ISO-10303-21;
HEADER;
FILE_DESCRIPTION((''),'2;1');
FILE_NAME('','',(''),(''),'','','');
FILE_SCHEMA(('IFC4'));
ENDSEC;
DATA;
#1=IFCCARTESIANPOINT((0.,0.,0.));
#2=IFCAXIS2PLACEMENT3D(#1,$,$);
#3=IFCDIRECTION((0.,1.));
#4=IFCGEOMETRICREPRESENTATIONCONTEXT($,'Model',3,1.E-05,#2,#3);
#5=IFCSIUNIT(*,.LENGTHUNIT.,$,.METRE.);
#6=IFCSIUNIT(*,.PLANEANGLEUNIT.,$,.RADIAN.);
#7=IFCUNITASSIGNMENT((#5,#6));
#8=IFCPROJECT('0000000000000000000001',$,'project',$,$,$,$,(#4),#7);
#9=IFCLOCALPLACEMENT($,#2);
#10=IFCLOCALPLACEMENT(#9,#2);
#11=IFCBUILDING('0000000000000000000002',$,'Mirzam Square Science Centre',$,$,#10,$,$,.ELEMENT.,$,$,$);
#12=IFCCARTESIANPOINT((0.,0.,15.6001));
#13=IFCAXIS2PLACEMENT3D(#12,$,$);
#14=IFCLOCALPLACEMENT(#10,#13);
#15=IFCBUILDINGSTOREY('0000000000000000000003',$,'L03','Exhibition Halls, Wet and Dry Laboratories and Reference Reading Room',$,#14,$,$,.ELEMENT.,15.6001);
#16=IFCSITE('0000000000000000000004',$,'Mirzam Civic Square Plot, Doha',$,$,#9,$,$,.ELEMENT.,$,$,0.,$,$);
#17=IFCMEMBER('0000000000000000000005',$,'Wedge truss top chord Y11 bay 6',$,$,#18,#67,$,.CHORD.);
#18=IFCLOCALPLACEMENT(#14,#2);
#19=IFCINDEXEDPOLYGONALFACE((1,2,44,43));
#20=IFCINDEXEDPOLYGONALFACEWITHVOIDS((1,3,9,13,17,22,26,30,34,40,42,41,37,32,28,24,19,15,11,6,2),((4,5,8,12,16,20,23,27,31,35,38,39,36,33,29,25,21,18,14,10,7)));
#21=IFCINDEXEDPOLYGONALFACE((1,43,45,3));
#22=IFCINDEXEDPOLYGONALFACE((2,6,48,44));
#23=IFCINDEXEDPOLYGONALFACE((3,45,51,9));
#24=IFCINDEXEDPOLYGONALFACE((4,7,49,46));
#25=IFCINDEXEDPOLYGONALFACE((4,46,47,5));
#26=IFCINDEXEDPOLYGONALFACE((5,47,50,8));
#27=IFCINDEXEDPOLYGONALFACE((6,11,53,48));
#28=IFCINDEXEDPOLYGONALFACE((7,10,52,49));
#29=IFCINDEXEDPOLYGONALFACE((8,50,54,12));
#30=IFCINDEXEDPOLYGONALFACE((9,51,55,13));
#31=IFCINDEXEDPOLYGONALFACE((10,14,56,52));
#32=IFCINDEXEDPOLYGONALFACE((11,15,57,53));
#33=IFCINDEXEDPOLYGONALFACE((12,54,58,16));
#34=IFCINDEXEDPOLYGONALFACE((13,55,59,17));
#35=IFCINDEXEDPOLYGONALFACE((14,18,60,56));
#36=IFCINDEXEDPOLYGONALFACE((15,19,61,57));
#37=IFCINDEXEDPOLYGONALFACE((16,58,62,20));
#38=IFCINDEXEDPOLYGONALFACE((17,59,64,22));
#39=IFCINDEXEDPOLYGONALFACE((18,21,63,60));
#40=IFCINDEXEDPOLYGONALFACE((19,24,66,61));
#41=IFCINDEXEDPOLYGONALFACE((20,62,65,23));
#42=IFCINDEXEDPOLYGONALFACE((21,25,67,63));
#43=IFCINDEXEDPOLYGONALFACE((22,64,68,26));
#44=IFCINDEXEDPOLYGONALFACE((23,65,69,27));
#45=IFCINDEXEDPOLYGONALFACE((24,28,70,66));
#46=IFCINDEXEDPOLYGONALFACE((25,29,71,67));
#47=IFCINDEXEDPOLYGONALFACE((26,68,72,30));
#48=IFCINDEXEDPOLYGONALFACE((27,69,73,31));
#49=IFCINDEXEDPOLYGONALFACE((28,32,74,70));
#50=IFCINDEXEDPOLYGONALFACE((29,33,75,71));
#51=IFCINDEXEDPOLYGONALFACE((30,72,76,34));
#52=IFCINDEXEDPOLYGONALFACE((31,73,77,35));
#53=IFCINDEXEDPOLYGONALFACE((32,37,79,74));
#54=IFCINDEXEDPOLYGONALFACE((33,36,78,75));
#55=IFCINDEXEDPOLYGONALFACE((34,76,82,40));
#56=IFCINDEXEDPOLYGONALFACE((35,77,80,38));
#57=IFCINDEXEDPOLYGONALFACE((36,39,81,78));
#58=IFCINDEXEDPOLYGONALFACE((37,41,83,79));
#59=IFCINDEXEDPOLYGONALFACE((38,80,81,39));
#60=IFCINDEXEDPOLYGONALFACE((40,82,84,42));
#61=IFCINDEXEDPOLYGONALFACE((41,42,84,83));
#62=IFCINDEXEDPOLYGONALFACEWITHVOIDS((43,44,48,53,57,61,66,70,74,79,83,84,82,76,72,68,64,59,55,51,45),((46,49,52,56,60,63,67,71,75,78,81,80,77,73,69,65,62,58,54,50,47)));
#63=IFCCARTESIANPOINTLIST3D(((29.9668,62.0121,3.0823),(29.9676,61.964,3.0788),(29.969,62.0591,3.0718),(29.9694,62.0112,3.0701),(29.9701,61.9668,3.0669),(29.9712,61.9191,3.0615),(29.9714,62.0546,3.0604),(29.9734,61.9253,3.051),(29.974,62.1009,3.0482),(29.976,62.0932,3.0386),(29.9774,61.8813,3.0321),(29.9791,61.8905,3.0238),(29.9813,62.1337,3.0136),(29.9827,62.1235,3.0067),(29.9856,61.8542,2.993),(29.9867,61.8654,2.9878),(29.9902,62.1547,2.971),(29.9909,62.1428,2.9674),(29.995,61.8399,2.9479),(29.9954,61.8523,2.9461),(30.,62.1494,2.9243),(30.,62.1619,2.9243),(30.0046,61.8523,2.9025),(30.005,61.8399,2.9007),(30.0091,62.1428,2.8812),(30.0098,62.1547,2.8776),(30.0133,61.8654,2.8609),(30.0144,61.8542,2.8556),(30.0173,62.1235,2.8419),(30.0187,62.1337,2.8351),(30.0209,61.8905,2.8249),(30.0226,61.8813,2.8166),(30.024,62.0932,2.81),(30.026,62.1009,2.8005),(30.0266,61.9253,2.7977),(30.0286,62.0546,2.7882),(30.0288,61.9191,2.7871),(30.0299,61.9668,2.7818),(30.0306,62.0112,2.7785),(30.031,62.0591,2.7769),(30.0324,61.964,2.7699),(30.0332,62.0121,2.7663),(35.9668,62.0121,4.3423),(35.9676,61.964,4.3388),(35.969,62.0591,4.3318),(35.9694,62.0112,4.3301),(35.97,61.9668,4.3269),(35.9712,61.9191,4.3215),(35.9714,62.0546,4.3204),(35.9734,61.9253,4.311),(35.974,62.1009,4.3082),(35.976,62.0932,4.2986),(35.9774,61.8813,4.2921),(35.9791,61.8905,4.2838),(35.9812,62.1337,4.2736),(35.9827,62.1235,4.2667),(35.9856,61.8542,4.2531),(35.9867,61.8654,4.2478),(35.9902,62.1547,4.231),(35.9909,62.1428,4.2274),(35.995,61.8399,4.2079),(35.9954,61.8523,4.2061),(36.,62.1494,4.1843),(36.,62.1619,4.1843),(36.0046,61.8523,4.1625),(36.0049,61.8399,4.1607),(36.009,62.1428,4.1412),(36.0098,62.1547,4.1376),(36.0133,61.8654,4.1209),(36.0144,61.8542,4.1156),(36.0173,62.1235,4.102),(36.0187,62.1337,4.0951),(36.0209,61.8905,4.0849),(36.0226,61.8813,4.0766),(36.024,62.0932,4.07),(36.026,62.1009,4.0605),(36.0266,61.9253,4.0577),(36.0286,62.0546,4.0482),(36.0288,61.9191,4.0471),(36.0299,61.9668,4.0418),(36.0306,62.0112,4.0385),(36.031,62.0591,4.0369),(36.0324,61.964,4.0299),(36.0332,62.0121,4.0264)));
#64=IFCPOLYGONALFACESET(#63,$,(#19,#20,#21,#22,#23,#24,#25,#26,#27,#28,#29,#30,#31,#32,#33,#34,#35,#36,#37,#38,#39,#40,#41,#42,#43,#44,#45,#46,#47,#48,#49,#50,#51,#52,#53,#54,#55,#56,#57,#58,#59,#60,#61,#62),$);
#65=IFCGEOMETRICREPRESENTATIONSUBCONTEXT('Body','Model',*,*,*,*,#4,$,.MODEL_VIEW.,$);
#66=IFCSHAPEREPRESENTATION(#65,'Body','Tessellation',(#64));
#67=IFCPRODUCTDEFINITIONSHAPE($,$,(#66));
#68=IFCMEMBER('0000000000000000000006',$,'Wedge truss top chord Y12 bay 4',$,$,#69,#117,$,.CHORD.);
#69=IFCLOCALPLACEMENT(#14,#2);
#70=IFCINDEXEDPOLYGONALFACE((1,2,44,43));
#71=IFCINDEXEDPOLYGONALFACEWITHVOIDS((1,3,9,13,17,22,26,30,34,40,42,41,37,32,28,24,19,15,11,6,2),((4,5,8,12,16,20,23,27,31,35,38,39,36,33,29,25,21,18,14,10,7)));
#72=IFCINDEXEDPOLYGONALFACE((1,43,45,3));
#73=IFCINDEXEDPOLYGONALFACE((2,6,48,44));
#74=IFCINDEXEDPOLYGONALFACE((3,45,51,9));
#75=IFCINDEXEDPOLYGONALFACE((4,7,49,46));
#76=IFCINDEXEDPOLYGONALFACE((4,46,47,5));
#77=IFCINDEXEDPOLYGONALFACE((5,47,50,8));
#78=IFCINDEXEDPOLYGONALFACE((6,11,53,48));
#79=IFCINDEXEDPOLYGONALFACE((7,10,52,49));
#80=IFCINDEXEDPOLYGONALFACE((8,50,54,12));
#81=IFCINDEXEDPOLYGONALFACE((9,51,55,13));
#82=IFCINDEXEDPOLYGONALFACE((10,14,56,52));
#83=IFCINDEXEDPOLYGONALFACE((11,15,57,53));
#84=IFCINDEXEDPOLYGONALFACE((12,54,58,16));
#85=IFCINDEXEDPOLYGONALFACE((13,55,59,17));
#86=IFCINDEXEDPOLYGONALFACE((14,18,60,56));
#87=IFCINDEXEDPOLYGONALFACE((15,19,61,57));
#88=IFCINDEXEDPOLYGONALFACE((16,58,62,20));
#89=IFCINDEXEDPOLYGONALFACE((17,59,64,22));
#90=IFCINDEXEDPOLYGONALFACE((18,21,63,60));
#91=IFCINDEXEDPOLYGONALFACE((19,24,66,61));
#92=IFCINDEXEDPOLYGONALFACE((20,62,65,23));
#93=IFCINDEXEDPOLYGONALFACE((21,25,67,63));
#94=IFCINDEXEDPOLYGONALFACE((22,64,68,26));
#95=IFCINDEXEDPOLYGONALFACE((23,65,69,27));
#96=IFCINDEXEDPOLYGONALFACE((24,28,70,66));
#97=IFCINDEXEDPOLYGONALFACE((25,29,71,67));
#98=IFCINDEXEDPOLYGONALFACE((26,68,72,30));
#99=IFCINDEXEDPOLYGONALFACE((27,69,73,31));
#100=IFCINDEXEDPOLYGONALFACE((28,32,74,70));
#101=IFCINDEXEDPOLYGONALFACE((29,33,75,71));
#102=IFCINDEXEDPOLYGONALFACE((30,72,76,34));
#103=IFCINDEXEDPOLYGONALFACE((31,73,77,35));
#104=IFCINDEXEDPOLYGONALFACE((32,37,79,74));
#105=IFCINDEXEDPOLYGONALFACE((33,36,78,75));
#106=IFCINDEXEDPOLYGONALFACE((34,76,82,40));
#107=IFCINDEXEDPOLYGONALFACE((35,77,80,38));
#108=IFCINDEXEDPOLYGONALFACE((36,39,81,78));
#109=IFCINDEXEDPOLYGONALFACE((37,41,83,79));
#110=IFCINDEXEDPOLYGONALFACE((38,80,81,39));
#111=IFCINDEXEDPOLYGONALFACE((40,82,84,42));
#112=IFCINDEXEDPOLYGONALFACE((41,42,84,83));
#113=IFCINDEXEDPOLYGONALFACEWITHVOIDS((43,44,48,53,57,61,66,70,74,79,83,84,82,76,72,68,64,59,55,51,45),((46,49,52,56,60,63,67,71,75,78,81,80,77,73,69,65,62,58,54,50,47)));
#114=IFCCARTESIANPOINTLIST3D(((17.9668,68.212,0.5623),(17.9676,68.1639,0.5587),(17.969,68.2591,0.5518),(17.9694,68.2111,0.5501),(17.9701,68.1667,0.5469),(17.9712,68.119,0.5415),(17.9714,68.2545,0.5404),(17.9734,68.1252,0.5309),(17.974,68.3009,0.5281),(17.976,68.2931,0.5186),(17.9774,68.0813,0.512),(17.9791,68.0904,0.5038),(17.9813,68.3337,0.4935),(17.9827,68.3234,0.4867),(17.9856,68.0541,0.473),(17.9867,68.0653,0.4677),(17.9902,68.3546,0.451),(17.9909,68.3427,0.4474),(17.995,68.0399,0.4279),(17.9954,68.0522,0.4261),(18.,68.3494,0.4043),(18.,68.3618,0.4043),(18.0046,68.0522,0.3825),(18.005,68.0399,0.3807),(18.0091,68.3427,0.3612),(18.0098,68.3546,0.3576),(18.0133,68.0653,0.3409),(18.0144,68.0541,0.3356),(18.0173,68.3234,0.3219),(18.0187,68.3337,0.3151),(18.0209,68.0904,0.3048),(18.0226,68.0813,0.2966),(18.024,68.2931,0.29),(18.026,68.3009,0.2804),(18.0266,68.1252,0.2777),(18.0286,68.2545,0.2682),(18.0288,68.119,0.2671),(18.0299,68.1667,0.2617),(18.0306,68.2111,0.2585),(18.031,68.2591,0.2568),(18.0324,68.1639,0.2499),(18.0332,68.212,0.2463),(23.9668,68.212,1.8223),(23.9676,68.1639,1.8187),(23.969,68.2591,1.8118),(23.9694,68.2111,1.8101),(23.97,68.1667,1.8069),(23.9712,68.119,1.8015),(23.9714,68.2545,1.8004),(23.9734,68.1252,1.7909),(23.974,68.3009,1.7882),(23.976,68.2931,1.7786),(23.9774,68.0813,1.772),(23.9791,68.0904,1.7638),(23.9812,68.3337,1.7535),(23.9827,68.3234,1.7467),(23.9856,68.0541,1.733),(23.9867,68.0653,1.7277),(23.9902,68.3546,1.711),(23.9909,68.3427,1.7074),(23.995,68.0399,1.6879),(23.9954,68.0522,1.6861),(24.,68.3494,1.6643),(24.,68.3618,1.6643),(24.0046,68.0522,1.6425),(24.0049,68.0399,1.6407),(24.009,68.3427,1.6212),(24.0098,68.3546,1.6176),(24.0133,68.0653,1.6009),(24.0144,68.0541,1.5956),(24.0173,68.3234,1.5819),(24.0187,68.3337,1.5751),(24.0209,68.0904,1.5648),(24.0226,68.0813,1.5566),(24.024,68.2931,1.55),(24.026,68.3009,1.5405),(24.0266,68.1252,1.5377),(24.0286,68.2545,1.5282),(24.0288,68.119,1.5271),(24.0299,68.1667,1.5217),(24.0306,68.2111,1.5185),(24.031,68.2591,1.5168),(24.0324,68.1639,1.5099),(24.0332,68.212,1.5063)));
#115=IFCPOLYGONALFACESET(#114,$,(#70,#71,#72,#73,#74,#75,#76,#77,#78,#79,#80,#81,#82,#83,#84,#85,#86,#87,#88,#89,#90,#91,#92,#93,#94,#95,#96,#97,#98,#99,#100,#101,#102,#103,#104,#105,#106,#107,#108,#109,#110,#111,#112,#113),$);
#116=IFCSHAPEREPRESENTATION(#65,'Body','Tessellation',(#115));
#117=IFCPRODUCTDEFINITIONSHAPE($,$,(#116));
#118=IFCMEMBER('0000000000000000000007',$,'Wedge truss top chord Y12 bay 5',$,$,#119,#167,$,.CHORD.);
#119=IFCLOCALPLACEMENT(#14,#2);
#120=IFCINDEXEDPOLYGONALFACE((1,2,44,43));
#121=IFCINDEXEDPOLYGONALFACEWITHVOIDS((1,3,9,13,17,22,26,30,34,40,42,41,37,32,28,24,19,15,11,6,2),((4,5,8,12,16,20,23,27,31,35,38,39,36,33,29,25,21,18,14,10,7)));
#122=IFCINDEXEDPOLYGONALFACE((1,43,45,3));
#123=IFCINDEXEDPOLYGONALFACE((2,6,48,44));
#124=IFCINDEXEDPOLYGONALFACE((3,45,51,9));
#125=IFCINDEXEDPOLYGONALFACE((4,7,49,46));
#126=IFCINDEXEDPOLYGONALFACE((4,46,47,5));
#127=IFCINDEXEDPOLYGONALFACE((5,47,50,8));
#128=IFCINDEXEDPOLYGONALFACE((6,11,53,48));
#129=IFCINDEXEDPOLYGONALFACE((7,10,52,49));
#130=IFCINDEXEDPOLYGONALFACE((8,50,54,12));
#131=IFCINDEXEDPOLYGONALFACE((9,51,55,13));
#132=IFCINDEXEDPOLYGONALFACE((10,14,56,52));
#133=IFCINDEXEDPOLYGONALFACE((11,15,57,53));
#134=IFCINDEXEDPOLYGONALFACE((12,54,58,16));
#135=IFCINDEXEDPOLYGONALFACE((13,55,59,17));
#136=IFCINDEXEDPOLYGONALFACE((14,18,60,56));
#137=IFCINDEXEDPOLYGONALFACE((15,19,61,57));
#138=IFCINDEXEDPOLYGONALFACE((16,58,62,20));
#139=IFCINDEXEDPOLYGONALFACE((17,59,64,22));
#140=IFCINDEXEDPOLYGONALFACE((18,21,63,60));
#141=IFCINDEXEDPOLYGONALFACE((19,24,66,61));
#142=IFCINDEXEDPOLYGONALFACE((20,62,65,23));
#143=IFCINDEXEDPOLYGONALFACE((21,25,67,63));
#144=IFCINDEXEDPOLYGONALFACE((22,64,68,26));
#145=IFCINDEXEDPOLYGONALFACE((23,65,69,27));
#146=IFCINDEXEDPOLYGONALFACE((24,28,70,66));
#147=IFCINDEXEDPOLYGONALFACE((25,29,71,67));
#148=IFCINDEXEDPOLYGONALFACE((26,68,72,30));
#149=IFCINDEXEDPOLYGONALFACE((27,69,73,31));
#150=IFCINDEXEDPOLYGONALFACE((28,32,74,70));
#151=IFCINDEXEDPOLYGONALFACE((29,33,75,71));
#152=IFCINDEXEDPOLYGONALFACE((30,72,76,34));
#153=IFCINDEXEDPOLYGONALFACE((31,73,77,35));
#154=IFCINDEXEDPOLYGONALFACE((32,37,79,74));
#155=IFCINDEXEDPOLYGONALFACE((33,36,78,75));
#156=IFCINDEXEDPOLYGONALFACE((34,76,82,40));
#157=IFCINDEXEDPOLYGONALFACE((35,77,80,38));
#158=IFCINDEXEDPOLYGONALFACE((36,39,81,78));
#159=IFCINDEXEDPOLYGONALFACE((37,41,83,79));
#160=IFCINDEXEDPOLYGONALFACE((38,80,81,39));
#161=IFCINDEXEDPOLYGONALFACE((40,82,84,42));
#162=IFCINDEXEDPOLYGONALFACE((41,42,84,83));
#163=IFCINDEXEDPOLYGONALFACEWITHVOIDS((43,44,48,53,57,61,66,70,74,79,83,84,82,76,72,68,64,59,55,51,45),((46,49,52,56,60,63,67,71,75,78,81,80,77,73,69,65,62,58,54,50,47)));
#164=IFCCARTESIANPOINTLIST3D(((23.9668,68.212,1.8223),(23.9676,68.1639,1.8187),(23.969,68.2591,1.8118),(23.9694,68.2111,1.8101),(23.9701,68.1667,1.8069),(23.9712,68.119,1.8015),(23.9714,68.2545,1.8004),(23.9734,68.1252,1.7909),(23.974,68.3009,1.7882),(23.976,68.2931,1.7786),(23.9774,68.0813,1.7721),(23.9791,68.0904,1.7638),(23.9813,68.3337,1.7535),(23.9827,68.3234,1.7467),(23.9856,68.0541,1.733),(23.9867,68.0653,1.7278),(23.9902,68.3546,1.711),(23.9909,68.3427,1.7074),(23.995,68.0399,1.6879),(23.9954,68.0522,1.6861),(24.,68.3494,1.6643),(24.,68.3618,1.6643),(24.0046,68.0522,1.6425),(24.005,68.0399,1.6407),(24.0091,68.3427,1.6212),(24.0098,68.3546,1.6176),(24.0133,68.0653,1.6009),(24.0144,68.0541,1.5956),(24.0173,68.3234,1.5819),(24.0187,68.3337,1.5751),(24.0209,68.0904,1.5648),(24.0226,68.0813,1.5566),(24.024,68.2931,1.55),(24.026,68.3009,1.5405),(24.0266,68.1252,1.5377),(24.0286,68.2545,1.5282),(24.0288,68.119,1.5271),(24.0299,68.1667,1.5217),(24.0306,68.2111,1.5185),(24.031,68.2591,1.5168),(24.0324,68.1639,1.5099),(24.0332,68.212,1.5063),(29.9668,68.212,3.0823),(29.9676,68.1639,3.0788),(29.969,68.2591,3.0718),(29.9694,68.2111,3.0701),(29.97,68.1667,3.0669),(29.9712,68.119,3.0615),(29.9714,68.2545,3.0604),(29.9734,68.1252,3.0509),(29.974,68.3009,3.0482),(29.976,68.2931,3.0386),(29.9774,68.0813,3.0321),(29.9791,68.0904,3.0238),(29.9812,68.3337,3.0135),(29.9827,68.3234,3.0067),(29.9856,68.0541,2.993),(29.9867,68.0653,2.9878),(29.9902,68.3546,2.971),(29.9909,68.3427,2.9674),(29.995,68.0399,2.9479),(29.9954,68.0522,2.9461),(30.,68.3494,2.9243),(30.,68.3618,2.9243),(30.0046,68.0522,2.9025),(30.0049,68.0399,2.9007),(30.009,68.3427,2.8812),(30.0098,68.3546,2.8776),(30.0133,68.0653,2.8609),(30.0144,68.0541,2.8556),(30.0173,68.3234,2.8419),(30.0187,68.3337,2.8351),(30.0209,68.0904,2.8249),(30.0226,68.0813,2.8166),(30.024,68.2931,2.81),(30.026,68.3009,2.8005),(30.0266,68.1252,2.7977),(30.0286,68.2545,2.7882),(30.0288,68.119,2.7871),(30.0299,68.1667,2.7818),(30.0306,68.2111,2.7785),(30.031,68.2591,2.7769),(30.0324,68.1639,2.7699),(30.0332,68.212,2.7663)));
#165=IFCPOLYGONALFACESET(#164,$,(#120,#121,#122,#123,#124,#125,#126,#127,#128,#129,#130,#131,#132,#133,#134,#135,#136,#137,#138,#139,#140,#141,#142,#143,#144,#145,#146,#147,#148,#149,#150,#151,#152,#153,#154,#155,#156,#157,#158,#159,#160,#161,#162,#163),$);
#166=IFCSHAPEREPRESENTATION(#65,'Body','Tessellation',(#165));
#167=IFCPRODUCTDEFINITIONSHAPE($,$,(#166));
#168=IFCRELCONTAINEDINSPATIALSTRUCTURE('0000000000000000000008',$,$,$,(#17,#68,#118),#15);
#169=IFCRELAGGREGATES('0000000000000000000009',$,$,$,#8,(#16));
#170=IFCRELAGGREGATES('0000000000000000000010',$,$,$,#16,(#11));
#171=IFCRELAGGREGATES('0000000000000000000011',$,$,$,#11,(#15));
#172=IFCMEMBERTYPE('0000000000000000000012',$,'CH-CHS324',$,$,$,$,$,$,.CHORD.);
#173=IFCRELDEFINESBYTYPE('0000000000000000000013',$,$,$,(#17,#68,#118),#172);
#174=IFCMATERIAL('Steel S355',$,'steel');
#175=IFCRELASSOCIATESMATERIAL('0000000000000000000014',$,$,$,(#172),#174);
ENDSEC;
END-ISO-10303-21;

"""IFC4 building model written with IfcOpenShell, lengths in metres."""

from ifc_helpers import new_model, si_unit, direction, frame, origin, origin_2d, place, context, subcontext, project, spatial, hollow_circle, extrude, material, material_profile, profile_set, type_object, element, save


model = new_model("IFC4")

# Units and contexts
model_context = context("Model", 3, precision=1e-05, world=origin(), true_north=direction((0.0, 1.0)))
body_context = subcontext(model_context, "Body", "Model", "MODEL_VIEW")
ifc_project = project(units=[si_unit("LENGTHUNIT", "METRE"), si_unit("PLANEANGLEUNIT", "RADIAN")], contexts=[model_context])

# Site, building, storey
site_placement = place(None, origin())
site = spatial("IfcSite", under=ifc_project, at=site_placement, Name="Mirzam Civic Square Plot, Doha", CompositionType="ELEMENT", RefElevation=0.0)
building_placement = place(site_placement, origin())
building = spatial("IfcBuilding", under=site, at=building_placement, Name="Mirzam Square Science Centre", CompositionType="ELEMENT")
storey_placement = place(building_placement, frame((0.0, 0.0, 15.6001)))
storey = spatial("IfcBuildingStorey", under=building, at=storey_placement, Name="L03", Description="Exhibition Halls, Wet and Dry Laboratories and Reference Reading Room", CompositionType="ELEMENT", Elevation=15.6001)

# Shared definitions
ifc_material_1 = material(Name="Steel S355", Category="steel")

# Members
ifc_material_profile_1 = material_profile(ifc_material_1, hollow_circle(Radius=0.1619, WallThickness=0.0125, at=origin_2d()), Name="323.9x12.5CHS")
ifc_profile_set_1 = profile_set([ifc_material_profile_1], Name="Steel S355")
member_type_1 = type_object("IfcMemberType", Name="CH-CHS324", PredefinedType="CHORD", material=ifc_profile_set_1)
for number, where, z_axis, x_axis, name in (
    (1, (30.0, 62.0, 2.9243), (0.978653, 0.0, 0.205519), (0.0, 1.0, 0.0), "Wedge truss top chord Y11 bay 6"),
    (2, (18.0, 68.2, 0.4043), (0.978653, 0.0, 0.205519), (0.0, 1.0, 0.0), "Wedge truss top chord Y12 bay 4"),
    (3, (24.0, 68.2, 1.6643), (0.978653, 0.0, 0.205519), (0.0, 1.0, 0.0), "Wedge truss top chord Y12 bay 5"),
):
    element("IfcMember", number, at=place(storey_placement, frame(where, z_axis=z_axis, x_axis=x_axis)), inside=storey, type_object=member_type_1, Name=name, PredefinedType="CHORD", context=body_context, shape_type="SweptSolid", body=[
        extrude(hollow_circle(Radius=0.1619, WallThickness=0.0125, at=origin_2d()), origin(), (0.0, 0.0, 1.0), 6.1309),
    ])

save(model, "model.ifc")
